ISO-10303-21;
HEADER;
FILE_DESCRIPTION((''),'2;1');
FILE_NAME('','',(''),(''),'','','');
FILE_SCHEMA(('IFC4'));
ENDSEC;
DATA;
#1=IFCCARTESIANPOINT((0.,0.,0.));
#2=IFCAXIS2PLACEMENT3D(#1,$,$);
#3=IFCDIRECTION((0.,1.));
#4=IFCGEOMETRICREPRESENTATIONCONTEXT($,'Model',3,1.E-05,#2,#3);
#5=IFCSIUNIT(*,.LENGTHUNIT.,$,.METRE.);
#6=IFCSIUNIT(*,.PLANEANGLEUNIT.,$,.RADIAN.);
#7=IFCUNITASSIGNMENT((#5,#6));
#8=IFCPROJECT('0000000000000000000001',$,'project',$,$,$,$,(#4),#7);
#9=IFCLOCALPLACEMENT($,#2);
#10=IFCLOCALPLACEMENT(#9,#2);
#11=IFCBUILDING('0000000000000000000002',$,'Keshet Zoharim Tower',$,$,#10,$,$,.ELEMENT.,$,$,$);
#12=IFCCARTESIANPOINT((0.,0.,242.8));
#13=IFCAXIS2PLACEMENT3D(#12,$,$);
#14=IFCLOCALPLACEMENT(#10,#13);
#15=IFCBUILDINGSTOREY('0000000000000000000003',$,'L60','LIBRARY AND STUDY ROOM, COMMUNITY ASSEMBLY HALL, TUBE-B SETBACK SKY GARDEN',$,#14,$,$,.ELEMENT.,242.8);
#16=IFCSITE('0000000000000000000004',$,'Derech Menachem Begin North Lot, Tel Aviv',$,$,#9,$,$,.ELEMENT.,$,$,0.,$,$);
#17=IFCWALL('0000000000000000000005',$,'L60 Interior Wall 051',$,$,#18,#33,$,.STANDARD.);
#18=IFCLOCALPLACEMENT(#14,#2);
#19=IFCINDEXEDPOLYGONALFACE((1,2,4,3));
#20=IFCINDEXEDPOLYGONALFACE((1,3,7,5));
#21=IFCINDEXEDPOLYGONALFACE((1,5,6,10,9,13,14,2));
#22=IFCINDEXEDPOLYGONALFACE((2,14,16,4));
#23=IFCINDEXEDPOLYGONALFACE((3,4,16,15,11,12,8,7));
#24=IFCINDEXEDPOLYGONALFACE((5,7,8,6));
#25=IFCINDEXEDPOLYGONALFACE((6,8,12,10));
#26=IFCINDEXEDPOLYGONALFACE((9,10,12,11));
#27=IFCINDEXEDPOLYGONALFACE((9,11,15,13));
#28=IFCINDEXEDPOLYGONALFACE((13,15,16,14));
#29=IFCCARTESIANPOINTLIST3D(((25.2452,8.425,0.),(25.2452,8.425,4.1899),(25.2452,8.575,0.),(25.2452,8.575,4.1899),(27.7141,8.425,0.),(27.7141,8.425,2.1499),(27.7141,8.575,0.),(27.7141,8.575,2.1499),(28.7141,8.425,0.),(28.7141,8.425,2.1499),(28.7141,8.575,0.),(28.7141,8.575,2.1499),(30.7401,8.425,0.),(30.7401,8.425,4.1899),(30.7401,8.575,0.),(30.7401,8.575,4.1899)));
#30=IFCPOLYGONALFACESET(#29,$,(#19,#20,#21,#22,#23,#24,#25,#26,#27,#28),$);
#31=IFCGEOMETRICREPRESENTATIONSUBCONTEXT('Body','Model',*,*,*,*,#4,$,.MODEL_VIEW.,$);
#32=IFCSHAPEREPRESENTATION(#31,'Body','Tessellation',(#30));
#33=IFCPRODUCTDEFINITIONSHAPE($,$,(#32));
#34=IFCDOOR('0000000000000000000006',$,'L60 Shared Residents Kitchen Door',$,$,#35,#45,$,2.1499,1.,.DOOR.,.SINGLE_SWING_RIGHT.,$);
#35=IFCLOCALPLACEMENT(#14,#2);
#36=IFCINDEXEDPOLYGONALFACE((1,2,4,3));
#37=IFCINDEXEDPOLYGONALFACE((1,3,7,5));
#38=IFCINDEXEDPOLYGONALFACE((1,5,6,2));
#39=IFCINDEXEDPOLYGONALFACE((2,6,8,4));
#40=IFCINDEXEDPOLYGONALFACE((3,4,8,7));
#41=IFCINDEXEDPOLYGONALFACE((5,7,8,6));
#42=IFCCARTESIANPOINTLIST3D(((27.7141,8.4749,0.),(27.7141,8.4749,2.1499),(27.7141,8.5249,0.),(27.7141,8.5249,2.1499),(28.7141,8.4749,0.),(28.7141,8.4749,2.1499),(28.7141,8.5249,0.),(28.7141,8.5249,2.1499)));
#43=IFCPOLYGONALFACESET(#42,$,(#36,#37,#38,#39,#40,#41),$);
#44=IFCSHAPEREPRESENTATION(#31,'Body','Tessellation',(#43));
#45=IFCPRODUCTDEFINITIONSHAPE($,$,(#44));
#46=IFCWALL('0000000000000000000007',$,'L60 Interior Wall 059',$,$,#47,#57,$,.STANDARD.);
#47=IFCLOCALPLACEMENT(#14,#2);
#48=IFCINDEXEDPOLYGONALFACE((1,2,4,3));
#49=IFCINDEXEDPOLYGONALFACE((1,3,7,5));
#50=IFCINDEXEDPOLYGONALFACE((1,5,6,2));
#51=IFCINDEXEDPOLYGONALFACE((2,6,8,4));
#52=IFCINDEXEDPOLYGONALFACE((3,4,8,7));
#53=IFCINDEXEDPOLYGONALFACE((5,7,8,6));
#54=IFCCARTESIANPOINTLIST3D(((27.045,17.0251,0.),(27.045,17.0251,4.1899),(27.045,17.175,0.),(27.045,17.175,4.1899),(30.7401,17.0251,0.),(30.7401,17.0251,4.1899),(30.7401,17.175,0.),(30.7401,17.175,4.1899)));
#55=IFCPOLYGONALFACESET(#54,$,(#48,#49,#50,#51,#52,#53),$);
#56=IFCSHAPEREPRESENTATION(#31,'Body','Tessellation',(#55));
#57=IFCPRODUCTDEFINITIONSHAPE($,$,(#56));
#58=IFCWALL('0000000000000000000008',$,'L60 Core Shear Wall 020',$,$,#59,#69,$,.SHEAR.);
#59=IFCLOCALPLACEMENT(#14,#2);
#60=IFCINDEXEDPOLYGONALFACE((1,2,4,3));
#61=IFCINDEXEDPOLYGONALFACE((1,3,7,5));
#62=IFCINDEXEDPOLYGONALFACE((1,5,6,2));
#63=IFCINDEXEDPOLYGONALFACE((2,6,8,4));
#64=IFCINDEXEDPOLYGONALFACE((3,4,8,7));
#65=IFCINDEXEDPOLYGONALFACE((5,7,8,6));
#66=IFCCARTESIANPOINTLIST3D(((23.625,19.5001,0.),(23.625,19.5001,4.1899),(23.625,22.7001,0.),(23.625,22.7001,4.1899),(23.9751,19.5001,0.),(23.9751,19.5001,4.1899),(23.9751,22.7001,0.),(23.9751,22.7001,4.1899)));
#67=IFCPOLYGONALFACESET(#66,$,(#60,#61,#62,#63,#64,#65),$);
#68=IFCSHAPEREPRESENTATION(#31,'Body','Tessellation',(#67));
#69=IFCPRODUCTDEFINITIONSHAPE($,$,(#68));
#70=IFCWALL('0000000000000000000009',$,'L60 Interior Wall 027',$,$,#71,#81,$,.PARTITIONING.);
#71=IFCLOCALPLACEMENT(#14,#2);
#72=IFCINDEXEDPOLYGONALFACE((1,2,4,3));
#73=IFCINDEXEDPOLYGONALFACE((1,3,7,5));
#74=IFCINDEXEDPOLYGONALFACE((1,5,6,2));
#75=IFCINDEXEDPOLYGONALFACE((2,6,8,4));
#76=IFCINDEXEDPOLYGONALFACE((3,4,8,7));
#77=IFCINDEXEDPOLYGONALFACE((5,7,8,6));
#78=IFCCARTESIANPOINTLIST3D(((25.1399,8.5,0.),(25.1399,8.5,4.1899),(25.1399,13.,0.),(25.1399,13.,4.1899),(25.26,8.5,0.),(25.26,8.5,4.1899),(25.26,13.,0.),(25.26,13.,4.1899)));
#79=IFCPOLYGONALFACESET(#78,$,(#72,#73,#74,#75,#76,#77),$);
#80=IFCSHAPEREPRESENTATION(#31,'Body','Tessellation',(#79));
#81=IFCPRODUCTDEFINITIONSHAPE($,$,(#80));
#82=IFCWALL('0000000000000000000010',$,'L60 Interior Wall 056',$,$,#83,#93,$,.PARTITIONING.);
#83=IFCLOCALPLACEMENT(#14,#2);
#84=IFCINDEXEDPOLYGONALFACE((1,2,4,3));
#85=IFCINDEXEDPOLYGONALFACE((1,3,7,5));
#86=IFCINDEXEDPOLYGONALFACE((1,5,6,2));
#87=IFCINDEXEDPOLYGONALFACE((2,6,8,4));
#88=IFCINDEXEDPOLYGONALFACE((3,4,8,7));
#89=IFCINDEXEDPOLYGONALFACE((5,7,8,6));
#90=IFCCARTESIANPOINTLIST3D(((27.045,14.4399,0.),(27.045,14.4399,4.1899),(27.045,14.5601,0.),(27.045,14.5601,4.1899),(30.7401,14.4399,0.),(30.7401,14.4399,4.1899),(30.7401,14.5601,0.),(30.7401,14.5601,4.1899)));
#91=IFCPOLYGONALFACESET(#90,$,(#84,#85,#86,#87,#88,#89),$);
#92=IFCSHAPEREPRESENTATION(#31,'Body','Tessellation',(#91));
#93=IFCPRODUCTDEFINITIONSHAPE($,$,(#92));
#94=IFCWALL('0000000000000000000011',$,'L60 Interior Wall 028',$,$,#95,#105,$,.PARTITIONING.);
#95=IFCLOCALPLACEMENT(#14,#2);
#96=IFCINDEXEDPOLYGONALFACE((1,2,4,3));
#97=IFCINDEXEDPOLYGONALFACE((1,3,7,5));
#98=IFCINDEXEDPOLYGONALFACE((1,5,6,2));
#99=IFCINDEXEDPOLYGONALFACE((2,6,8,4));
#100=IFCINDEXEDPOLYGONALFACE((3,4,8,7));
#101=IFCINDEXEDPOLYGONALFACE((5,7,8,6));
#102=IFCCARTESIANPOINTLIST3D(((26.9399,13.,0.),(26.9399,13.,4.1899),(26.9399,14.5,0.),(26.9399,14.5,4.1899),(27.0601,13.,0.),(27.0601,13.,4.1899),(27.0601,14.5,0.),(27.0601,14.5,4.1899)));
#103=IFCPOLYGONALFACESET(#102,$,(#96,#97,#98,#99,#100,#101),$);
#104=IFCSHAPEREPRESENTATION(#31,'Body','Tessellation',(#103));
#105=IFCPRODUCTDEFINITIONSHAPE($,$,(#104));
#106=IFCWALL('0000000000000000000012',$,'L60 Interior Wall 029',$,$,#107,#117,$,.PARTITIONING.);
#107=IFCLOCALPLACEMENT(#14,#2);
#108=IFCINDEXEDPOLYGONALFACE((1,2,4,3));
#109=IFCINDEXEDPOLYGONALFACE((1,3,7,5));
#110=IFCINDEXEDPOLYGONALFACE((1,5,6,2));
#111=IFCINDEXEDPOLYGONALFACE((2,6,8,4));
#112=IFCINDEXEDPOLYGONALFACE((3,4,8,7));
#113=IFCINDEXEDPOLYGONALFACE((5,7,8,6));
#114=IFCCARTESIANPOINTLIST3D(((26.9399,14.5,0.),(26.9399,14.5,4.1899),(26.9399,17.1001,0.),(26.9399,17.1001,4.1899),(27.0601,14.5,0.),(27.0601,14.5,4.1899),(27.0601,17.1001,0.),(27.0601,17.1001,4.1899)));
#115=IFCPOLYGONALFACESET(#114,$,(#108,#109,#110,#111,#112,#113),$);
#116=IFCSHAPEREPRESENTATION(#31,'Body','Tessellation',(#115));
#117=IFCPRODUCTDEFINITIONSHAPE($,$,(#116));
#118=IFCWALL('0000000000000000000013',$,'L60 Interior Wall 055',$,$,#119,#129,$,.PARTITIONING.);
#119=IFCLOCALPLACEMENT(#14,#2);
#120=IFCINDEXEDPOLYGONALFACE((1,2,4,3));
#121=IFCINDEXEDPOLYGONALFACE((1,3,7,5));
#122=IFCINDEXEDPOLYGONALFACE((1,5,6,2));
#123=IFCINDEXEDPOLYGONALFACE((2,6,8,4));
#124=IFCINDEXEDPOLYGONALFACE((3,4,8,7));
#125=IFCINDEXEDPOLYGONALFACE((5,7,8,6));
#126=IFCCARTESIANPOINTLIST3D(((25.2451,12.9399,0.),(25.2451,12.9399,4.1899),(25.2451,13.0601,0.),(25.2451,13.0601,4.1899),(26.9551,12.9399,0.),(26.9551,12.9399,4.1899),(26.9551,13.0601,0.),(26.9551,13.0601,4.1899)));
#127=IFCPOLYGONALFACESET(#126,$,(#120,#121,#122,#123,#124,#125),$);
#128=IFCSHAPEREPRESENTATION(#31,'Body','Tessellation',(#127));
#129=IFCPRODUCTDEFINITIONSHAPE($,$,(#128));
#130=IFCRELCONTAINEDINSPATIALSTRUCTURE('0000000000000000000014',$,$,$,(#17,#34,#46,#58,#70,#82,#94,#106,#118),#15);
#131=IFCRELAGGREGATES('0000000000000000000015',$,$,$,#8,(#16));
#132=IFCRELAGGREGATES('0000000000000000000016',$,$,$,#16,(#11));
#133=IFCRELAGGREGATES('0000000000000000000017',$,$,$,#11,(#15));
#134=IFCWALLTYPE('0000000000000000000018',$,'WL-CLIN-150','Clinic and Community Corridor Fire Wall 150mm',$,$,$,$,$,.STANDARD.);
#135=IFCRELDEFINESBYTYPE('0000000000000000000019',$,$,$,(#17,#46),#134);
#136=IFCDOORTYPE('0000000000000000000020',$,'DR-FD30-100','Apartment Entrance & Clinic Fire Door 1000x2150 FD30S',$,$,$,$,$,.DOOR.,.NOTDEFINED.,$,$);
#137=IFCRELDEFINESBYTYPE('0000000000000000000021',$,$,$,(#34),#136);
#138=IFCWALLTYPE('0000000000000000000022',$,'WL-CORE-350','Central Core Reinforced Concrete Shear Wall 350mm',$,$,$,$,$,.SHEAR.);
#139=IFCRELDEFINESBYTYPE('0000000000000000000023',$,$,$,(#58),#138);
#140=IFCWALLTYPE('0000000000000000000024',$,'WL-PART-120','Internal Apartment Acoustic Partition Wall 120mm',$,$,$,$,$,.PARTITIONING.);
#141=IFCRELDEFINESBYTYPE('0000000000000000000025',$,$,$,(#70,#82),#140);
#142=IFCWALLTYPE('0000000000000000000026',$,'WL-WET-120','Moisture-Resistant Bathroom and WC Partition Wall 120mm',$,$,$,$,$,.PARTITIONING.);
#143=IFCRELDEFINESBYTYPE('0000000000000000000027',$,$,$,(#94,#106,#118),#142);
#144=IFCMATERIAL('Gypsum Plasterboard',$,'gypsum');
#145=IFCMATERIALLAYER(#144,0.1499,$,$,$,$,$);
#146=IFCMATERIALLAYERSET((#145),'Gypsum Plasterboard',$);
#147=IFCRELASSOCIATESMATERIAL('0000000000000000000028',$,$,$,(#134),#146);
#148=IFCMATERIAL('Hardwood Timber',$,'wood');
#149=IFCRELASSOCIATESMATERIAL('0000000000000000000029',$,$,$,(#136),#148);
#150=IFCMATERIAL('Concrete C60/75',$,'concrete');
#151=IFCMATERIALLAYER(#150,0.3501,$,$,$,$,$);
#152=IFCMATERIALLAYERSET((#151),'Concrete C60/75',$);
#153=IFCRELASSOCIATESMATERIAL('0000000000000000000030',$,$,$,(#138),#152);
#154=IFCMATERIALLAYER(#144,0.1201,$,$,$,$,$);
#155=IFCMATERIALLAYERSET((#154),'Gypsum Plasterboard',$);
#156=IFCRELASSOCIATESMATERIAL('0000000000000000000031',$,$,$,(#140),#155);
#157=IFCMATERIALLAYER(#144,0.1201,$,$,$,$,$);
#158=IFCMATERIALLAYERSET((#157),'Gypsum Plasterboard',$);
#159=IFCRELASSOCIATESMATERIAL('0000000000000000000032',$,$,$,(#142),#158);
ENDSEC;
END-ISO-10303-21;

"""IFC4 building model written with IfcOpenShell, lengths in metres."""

from ifc_helpers import new_model, si_unit, direction, frame, frame_2d, origin, place, context, subcontext, project, spatial, rectangle, extrude, material, layer, layer_set, type_object, element, fill, save


model = new_model("IFC4")

# Units and contexts
model_context = context("Model", 3, precision=1e-05, world=origin(), true_north=direction((0.0, 1.0)))
body_context = subcontext(model_context, "Body", "Model", "MODEL_VIEW")
ifc_project = project(units=[si_unit("LENGTHUNIT", "METRE"), si_unit("PLANEANGLEUNIT", "RADIAN")], contexts=[model_context])

# Site, building, storey
site_placement = place(None, origin())
site = spatial("IfcSite", under=ifc_project, at=site_placement, Name="Derech Menachem Begin North Lot, Tel Aviv", CompositionType="ELEMENT", RefElevation=0.0)
building_placement = place(site_placement, origin())
building = spatial("IfcBuilding", under=site, at=building_placement, Name="Keshet Zoharim Tower", CompositionType="ELEMENT")
storey_placement = place(building_placement, frame((0.0, 0.0, 242.8)))
storey = spatial("IfcBuildingStorey", under=building, at=storey_placement, Name="L60", Description="LIBRARY AND STUDY ROOM, COMMUNITY ASSEMBLY HALL, TUBE-B SETBACK SKY GARDEN", CompositionType="ELEMENT", Elevation=242.8)

# Shared definitions
ifc_material_1 = material(Name="Gypsum Plasterboard", Category="gypsum")
ifc_layer_1 = layer(ifc_material_1, 0.1499)
ifc_layer_set_1 = layer_set([ifc_layer_1], Name="Gypsum Plasterboard")
wall_type_1 = type_object("IfcWallType", Name="WL-CLIN-150", Description="Clinic and Community Corridor Fire Wall 150mm", PredefinedType="STANDARD", material=ifc_layer_set_1)

# Wall, opening, door
wall_1_placement = place(storey_placement, frame((25.2451, 8.5, 0.0), z_axis=(0.0, 0.0, 1.0), x_axis=(1.0, 0.0, 0.0)))
wall_1 = element("IfcWall", 1, at=wall_1_placement, inside=storey, type_object=wall_type_1, Name="L60 Interior Wall 051", PredefinedType="STANDARD", context=body_context, shape_type="SweptSolid", body=[
    extrude(rectangle(XDim=5.4949, YDim=0.1499, at=frame_2d((2.7476, 0.0))), origin(), (0.0, 0.0, 1.0), 4.1899),
])
opening_placement = place(wall_1_placement, frame((2.469, 0.0, 0.0)))
opening = element("IfcOpeningElement", 2, at=opening_placement, cuts=wall_1, PredefinedType="OPENING", context=body_context, shape_type="SweptSolid", body=[
    extrude(rectangle(XDim=1.0, YDim=2.1499, at=frame_2d((0.5, 1.075))), frame((0.0, 0.085, 0.0), z_axis=(0.0, -1.0, 0.0), x_axis=(1.0, 0.0, 0.0)), (0.0, 0.0, 1.0), 0.1699),
])
ifc_material_2 = material(Name="Hardwood Timber", Category="wood")
door_type = type_object("IfcDoorType", Name="DR-FD30-100", Description="Apartment Entrance & Clinic Fire Door 1000x2150 FD30S", OperationType="NOTDEFINED", PredefinedType="DOOR", material=ifc_material_2)
door_placement = place(opening_placement, origin())
door = element("IfcDoor", 3, at=door_placement, inside=storey, type_object=door_type, Name="L60 Shared Residents Kitchen Door", OperationType="SINGLE_SWING_RIGHT", OverallHeight=2.1499, OverallWidth=1.0, PredefinedType="DOOR", context=body_context, shape_type="SweptSolid", body=[
    extrude(rectangle(XDim=1.0, YDim=2.1499, at=frame_2d((0.5, 1.075))), frame((0.0, 0.0249, 0.0), z_axis=(0.0, -1.0, 0.0), x_axis=(1.0, 0.0, 0.0)), (0.0, 0.0, 1.0), 0.05),
])
fill(opening, door)

# Walls
wall_2_placement = place(storey_placement, frame((27.0449, 17.1001, 0.0), z_axis=(0.0, 0.0, 1.0), x_axis=(1.0, 0.0, 0.0)))
element("IfcWall", 4, at=wall_2_placement, inside=storey, type_object=wall_type_1, Name="L60 Interior Wall 059", PredefinedType="STANDARD", context=body_context, shape_type="SweptSolid", body=[
    extrude(rectangle(XDim=3.6951, YDim=0.1499, at=frame_2d((1.8477, 0.0))), origin(), (0.0, 0.0, 1.0), 4.1899),
])
ifc_material_3 = material(Name="Concrete C60/75", Category="concrete")
ifc_layer_2 = layer(ifc_material_3, 0.3501)
ifc_layer_set_2 = layer_set([ifc_layer_2], Name="Concrete C60/75")
wall_type_2 = type_object("IfcWallType", Name="WL-CORE-350", Description="Central Core Reinforced Concrete Shear Wall 350mm", PredefinedType="SHEAR", material=ifc_layer_set_2)
wall_3_placement = place(storey_placement, frame((23.8, 19.5, 0.0), z_axis=(0.0, 0.0, 1.0), x_axis=(0.0, 1.0, 0.0)))
element("IfcWall", 5, at=wall_3_placement, inside=storey, type_object=wall_type_2, Name="L60 Core Shear Wall 020", PredefinedType="SHEAR", context=body_context, shape_type="SweptSolid", body=[
    extrude(rectangle(XDim=3.2, YDim=0.3501, at=frame_2d((1.6001, 0.0))), origin(), (0.0, 0.0, 1.0), 4.1899),
])
ifc_layer_3 = layer(ifc_material_1, 0.1201)
ifc_layer_set_3 = layer_set([ifc_layer_3], Name="Gypsum Plasterboard")
wall_type_3 = type_object("IfcWallType", Name="WL-PART-120", Description="Internal Apartment Acoustic Partition Wall 120mm", PredefinedType="PARTITIONING", material=ifc_layer_set_3)
wall_4_placement = place(storey_placement, frame((25.2, 8.5, 0.0), z_axis=(0.0, 0.0, 1.0), x_axis=(0.0, 1.0, 0.0)))
element("IfcWall", 6, at=wall_4_placement, inside=storey, type_object=wall_type_3, Name="L60 Interior Wall 027", PredefinedType="PARTITIONING", context=body_context, shape_type="SweptSolid", body=[
    extrude(rectangle(XDim=4.5, YDim=0.1201, at=frame_2d((2.25, 0.0))), origin(), (0.0, 0.0, 1.0), 4.1899),
])
wall_5_placement = place(storey_placement, frame((27.0449, 14.5, 0.0), z_axis=(0.0, 0.0, 1.0), x_axis=(1.0, 0.0, 0.0)))
element("IfcWall", 7, at=wall_5_placement, inside=storey, type_object=wall_type_3, Name="L60 Interior Wall 056", PredefinedType="PARTITIONING", context=body_context, shape_type="SweptSolid", body=[
    extrude(rectangle(XDim=3.6951, YDim=0.1201, at=frame_2d((1.8477, 0.0))), origin(), (0.0, 0.0, 1.0), 4.1899),
])
ifc_layer_4 = layer(ifc_material_1, 0.1201)
ifc_layer_set_4 = layer_set([ifc_layer_4], Name="Gypsum Plasterboard")
wall_type_4 = type_object("IfcWallType", Name="WL-WET-120", Description="Moisture-Resistant Bathroom and WC Partition Wall 120mm", PredefinedType="PARTITIONING", material=ifc_layer_set_4)
wall_6_placement = place(storey_placement, frame((27.0, 13.0, 0.0), z_axis=(0.0, 0.0, 1.0), x_axis=(0.0, 1.0, 0.0)))
element("IfcWall", 8, at=wall_6_placement, inside=storey, type_object=wall_type_4, Name="L60 Interior Wall 028", PredefinedType="PARTITIONING", context=body_context, shape_type="SweptSolid", body=[
    extrude(rectangle(XDim=1.5, YDim=0.1201, at=frame_2d((0.75, 0.0))), origin(), (0.0, 0.0, 1.0), 4.1899),
])
wall_7_placement = place(storey_placement, frame((27.0, 14.5, 0.0), z_axis=(0.0, 0.0, 1.0), x_axis=(0.0, 1.0, 0.0)))
element("IfcWall", 9, at=wall_7_placement, inside=storey, type_object=wall_type_4, Name="L60 Interior Wall 029", PredefinedType="PARTITIONING", context=body_context, shape_type="SweptSolid", body=[
    extrude(rectangle(XDim=2.6001, YDim=0.1201, at=frame_2d((1.3, 0.0))), origin(), (0.0, 0.0, 1.0), 4.1899),
])
wall_8_placement = place(storey_placement, frame((25.2451, 13.0, 0.0), z_axis=(0.0, 0.0, 1.0), x_axis=(1.0, 0.0, 0.0)))
element("IfcWall", 10, at=wall_8_placement, inside=storey, type_object=wall_type_4, Name="L60 Interior Wall 055", PredefinedType="PARTITIONING", context=body_context, shape_type="SweptSolid", body=[
    extrude(rectangle(XDim=1.71, YDim=0.1201, at=frame_2d((0.855, 0.0))), origin(), (0.0, 0.0, 1.0), 4.1899),
])

save(model, "model.ifc")
